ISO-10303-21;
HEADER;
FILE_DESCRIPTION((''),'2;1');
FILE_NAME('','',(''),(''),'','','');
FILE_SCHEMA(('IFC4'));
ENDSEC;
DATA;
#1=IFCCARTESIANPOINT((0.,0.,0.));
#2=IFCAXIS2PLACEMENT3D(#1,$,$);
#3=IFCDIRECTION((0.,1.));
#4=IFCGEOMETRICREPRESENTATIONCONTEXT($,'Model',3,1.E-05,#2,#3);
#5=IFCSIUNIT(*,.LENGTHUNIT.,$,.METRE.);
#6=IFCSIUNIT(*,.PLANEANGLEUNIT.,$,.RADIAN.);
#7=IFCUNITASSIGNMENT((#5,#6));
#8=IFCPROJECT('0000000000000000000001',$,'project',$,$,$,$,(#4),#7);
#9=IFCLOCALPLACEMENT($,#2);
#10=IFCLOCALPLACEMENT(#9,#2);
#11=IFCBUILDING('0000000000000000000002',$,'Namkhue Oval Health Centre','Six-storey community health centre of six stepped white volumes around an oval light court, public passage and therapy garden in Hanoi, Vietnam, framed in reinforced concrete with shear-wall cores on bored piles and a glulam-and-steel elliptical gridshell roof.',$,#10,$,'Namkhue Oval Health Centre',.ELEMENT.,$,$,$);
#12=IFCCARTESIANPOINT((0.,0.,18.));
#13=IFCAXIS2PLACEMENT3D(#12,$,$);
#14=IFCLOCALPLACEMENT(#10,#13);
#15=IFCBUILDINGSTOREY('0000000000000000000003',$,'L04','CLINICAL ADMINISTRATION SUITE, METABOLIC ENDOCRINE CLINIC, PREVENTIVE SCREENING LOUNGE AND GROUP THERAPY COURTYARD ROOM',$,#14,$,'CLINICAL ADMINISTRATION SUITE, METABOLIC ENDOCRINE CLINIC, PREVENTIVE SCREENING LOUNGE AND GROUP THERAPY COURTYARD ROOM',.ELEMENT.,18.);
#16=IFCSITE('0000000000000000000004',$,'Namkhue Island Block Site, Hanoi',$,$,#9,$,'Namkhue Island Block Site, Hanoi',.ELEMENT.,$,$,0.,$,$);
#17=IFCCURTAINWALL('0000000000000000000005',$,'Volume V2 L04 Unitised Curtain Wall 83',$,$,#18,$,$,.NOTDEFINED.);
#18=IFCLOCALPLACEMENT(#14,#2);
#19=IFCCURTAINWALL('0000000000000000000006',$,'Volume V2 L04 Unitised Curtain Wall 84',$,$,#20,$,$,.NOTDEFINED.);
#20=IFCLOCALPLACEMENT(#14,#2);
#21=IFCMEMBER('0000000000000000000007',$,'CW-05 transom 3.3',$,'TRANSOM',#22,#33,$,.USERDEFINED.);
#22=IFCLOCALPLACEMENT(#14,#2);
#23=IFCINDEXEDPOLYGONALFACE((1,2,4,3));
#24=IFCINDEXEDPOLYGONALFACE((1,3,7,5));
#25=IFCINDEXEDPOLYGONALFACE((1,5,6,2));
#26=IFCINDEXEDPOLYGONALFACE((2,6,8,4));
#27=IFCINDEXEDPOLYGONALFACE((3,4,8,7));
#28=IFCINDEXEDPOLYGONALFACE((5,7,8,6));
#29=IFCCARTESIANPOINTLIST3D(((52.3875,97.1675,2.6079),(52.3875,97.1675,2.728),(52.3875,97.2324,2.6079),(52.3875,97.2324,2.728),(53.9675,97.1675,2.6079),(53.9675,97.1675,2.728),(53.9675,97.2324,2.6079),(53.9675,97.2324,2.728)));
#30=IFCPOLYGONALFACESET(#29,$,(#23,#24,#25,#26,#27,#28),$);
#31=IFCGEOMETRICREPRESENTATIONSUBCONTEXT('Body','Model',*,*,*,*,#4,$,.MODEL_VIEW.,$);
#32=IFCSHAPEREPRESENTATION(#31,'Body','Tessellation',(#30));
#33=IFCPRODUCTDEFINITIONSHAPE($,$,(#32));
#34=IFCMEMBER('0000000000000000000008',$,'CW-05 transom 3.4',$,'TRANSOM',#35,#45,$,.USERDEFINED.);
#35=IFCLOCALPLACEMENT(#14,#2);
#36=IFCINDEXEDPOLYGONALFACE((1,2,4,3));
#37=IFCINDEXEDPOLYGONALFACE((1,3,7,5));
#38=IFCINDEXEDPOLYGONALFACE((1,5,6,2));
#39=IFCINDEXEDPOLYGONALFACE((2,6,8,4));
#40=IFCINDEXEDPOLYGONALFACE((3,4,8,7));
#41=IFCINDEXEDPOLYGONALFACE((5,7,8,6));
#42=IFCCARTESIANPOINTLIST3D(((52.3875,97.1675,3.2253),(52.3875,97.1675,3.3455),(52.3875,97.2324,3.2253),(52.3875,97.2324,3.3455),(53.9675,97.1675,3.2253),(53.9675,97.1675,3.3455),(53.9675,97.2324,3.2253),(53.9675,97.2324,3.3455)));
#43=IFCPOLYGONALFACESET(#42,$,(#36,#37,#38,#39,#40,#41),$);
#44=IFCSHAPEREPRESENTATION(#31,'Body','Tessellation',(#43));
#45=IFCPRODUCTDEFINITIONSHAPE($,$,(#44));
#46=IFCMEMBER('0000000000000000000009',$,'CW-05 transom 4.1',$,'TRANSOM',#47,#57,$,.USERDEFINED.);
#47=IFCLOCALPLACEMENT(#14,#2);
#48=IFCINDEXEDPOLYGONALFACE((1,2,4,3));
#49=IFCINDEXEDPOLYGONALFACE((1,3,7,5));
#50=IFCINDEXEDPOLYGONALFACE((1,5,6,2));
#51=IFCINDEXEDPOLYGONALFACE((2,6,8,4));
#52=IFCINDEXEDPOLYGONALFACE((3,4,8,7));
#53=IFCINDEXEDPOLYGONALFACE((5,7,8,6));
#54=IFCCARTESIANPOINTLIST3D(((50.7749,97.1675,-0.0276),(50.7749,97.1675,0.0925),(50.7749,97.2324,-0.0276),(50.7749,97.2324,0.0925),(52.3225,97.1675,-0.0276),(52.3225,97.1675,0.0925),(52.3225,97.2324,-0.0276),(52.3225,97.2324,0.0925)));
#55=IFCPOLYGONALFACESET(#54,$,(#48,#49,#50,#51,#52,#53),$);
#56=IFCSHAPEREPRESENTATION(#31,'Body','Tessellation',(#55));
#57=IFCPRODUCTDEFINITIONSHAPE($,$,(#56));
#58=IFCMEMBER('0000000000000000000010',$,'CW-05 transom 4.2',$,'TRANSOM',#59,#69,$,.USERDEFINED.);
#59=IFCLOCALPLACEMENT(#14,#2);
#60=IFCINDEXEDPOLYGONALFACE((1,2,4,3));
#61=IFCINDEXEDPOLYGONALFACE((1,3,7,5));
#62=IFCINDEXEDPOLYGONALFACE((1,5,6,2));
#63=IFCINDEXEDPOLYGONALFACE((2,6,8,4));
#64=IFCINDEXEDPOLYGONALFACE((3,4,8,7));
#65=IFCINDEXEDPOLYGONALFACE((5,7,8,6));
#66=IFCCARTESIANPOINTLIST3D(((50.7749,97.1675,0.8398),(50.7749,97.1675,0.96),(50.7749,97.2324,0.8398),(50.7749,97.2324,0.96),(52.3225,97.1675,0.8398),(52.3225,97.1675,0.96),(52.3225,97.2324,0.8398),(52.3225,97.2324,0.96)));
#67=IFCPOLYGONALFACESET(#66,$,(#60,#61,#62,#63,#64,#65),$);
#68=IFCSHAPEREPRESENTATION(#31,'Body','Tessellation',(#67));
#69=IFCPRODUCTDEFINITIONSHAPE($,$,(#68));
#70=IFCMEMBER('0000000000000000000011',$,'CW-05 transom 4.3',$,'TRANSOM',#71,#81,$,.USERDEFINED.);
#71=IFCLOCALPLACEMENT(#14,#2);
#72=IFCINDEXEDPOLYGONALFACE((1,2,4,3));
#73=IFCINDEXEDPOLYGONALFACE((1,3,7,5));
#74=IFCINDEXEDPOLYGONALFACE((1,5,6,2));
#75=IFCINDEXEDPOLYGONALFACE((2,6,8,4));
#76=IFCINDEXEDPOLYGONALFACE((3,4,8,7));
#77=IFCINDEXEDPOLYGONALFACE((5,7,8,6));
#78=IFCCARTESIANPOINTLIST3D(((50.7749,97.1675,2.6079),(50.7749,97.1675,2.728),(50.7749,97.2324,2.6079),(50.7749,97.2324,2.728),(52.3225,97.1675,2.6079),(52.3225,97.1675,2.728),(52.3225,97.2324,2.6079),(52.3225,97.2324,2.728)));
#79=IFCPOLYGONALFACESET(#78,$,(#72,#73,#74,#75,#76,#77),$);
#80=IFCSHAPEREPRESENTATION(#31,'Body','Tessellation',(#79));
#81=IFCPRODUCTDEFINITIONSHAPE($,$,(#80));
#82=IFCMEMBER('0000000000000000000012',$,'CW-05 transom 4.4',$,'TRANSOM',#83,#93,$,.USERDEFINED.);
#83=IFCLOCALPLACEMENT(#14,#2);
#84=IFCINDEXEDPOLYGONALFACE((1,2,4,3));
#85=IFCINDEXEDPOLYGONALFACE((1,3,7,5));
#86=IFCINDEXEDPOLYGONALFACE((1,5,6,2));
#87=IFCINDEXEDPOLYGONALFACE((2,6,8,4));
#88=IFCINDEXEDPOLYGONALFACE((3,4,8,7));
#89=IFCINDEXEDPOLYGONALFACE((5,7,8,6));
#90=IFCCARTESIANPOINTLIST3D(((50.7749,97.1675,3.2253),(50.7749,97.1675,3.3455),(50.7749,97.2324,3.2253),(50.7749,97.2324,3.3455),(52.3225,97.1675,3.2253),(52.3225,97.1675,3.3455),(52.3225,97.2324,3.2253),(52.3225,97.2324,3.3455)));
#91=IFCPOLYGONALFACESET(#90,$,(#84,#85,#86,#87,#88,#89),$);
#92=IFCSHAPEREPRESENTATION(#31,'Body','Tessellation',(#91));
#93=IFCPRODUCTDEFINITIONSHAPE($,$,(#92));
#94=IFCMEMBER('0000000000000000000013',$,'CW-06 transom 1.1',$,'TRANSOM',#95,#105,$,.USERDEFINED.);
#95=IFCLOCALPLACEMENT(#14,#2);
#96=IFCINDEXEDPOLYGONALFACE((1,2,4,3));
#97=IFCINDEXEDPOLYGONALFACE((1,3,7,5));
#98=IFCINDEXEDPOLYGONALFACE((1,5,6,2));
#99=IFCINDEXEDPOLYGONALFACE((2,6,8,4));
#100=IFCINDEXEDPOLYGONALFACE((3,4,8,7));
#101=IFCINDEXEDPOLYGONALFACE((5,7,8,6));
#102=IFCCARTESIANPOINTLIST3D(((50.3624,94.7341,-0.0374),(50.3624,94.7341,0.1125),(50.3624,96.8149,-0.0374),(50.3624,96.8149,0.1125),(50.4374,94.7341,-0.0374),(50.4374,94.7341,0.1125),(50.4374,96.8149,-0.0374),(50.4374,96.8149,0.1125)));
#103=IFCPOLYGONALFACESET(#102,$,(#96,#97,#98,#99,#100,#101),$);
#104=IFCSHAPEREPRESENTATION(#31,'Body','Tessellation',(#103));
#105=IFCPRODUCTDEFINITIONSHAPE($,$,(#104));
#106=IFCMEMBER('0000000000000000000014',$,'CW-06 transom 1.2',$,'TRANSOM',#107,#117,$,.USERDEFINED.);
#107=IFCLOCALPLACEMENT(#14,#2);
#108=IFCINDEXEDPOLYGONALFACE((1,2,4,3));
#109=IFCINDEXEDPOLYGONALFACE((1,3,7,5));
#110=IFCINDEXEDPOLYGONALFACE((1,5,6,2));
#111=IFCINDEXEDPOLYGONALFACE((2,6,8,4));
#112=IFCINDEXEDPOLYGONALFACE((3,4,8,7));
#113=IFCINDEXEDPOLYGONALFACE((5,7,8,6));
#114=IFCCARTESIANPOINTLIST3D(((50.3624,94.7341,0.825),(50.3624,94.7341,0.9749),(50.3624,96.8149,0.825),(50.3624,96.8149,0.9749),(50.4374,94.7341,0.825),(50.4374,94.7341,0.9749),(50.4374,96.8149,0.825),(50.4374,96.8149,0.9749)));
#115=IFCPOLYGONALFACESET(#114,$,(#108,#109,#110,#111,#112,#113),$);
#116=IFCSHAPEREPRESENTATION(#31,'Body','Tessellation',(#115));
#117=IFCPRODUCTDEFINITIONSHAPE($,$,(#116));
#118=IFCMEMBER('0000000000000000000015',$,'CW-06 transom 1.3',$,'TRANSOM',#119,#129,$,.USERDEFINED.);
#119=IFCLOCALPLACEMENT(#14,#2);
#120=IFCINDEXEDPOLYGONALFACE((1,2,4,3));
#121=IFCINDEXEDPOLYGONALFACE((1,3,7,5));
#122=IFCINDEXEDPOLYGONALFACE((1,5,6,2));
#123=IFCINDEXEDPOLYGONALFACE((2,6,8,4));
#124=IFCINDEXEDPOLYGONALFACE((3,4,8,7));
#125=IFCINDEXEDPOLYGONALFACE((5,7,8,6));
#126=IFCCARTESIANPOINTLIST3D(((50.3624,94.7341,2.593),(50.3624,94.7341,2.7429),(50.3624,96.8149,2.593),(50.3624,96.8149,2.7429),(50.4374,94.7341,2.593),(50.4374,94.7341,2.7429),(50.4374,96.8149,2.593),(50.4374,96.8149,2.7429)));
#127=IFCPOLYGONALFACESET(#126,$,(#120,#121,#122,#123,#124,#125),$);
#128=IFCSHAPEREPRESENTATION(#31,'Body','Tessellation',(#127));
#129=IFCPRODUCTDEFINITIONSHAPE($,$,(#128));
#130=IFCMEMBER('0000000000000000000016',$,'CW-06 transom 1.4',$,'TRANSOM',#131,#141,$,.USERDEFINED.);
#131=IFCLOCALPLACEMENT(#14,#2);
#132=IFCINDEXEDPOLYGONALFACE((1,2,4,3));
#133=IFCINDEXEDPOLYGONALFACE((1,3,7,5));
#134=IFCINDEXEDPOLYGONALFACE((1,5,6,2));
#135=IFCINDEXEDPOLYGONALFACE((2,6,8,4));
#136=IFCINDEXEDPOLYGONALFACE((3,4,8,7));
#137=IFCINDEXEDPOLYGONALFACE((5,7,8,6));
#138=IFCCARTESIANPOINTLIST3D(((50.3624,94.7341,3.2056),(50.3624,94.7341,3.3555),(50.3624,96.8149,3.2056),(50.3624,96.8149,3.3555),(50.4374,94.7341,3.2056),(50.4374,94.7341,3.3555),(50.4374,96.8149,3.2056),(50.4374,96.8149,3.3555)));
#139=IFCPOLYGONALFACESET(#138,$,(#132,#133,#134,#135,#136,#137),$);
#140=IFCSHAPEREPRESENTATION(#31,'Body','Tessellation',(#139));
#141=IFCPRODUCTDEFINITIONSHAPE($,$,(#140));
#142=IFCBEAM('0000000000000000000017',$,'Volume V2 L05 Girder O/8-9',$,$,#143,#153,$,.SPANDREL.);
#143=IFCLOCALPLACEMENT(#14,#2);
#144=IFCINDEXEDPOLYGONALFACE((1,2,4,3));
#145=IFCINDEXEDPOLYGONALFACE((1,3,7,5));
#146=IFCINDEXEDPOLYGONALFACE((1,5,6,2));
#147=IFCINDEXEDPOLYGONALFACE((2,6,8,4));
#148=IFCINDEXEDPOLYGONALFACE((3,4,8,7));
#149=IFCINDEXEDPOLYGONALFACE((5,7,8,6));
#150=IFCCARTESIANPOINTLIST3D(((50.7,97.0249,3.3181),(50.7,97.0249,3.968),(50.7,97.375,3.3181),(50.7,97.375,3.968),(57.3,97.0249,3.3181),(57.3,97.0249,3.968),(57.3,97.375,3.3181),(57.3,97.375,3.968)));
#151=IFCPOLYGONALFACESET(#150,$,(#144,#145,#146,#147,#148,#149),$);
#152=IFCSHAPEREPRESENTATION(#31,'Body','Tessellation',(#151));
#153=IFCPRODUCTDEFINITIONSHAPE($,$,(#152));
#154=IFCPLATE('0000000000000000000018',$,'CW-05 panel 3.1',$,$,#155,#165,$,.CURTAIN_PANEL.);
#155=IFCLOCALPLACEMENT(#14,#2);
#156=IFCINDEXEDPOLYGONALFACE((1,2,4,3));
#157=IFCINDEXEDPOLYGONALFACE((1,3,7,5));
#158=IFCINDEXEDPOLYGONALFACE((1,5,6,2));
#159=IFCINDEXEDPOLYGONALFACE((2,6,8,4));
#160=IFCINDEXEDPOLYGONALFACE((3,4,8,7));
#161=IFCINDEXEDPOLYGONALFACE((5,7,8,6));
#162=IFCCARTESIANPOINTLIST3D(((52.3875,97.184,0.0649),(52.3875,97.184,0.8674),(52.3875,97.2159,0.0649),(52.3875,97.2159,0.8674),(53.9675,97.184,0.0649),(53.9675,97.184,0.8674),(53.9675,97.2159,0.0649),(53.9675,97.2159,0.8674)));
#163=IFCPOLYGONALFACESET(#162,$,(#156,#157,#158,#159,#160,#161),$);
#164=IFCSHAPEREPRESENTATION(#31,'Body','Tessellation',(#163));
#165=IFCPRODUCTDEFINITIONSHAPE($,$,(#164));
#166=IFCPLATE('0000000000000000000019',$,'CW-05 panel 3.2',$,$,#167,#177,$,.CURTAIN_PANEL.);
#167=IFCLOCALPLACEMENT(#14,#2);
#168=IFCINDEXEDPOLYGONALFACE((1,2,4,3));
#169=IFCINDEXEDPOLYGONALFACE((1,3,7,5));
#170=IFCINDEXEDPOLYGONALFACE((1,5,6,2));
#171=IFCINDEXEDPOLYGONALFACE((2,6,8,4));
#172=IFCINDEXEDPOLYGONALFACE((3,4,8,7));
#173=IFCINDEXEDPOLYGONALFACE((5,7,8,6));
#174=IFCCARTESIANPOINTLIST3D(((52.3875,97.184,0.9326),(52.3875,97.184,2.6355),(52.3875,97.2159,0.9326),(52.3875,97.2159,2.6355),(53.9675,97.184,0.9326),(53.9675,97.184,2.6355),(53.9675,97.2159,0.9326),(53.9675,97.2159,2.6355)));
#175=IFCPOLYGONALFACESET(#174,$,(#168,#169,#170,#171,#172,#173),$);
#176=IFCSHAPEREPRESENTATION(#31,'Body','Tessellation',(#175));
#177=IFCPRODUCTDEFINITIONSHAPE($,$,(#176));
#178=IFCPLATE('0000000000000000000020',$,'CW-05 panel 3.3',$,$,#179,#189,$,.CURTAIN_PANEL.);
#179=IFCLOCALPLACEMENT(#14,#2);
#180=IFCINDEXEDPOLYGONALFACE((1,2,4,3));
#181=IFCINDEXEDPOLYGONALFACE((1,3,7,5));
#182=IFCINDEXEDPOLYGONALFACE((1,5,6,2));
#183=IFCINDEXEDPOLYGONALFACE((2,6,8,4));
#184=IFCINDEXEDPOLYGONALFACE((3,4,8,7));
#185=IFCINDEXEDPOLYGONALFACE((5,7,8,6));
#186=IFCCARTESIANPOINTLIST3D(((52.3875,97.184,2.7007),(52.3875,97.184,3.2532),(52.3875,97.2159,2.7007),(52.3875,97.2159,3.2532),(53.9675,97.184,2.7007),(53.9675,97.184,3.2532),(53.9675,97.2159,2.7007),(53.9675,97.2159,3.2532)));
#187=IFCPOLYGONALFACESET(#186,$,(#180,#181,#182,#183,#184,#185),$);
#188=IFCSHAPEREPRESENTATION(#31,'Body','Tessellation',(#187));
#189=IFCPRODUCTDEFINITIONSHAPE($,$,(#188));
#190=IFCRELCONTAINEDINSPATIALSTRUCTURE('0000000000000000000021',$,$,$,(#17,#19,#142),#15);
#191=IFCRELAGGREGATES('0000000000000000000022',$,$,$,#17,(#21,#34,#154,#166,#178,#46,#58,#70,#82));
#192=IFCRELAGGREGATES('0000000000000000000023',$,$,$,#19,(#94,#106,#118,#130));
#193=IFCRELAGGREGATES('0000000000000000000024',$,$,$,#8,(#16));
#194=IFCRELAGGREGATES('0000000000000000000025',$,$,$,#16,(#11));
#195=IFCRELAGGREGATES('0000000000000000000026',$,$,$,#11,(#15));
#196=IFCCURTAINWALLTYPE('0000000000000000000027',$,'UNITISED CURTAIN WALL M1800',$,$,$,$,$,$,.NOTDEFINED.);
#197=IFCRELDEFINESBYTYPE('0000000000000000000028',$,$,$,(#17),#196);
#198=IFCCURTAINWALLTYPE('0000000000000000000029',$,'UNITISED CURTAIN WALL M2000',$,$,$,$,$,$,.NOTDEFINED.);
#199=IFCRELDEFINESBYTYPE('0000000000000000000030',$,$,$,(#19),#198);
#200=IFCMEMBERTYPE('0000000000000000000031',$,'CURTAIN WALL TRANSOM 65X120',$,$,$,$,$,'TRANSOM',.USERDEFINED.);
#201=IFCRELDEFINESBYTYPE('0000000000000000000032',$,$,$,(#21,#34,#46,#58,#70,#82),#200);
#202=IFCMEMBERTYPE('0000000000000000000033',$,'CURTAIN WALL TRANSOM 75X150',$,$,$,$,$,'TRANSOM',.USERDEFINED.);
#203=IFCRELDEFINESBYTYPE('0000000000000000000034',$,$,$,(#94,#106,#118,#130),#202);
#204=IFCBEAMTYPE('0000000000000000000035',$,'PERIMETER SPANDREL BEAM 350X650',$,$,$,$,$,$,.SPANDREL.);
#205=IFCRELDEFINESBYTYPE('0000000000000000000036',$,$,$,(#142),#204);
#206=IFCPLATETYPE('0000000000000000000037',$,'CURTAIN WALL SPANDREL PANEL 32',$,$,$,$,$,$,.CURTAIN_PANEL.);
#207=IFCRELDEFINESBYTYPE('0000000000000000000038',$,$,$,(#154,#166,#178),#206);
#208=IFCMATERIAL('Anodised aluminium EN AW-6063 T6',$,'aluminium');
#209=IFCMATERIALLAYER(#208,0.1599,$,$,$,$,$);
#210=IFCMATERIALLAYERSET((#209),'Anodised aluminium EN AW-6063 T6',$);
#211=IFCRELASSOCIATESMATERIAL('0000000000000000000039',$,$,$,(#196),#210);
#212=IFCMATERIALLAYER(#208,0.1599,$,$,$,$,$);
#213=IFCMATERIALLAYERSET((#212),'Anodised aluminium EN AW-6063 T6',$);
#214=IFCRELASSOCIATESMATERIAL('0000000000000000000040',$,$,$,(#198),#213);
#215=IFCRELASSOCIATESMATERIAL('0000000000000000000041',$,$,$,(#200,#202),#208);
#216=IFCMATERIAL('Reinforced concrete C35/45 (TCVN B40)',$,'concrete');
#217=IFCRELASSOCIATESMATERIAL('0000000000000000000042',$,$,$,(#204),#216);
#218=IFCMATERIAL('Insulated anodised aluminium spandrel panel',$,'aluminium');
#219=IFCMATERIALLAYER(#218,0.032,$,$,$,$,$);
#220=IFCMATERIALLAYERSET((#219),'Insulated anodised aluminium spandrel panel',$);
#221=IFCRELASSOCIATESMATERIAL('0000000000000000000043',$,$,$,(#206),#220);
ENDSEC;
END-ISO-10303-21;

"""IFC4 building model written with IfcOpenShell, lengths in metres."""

from ifc_helpers import new_model, si_unit, direction, frame, origin, origin_2d, place, context, subcontext, project, spatial, rectangle, extrude, material, layer, layer_set, material_profile, profile_set, type_object, element, aggregate, save


model = new_model("IFC4")

# Units and contexts
model_context = context("Model", 3, precision=1e-05, world=origin(), true_north=direction((0.0, 1.0)))
body_context = subcontext(model_context, "Body", "Model", "MODEL_VIEW")
ifc_project = project(units=[si_unit("LENGTHUNIT", "METRE"), si_unit("PLANEANGLEUNIT", "RADIAN")], contexts=[model_context])

# Site, building, storey
site_placement = place(None, origin())
site = spatial("IfcSite", under=ifc_project, at=site_placement, Name="Namkhue Island Block Site, Hanoi", LongName="Namkhue Island Block Site, Hanoi", CompositionType="ELEMENT", RefElevation=0.0)
building_placement = place(site_placement, origin())
building = spatial("IfcBuilding", under=site, at=building_placement, Name="Namkhue Oval Health Centre", Description="Six-storey community health centre of six stepped white volumes around an oval light court, public passage and therapy garden in Hanoi, Vietnam, framed in reinforced concrete with shear-wall cores on bored piles and a glulam-and-steel elliptical gridshell roof.", LongName="Namkhue Oval Health Centre", CompositionType="ELEMENT")
storey_placement = place(building_placement, frame((0.0, 0.0, 18.0)))
storey = spatial("IfcBuildingStorey", under=building, at=storey_placement, Name="L04", Description="CLINICAL ADMINISTRATION SUITE, METABOLIC ENDOCRINE CLINIC, PREVENTIVE SCREENING LOUNGE AND GROUP THERAPY COURTYARD ROOM", LongName="CLINICAL ADMINISTRATION SUITE, METABOLIC ENDOCRINE CLINIC, PREVENTIVE SCREENING LOUNGE AND GROUP THERAPY COURTYARD ROOM", CompositionType="ELEMENT", Elevation=18.0)

# Shared definitions
ifc_material_1 = material(Name="Reinforced concrete C35/45 (TCVN B40)", Category="concrete")

# Curtain wall
ifc_material_2 = material(Name="Anodised aluminium EN AW-6063 T6", Category="aluminium")
ifc_layer_1 = layer(ifc_material_2, 0.1599)
ifc_layer_set_1 = layer_set([ifc_layer_1], Name="Anodised aluminium EN AW-6063 T6")
curtain_wall_type_1 = type_object("IfcCurtainWallType", Name="UNITISED CURTAIN WALL M1800", PredefinedType="NOTDEFINED", material=ifc_layer_set_1)
curtain_wall_1_placement = place(storey_placement, origin())
curtain_wall_1 = element("IfcCurtainWall", 1, at=curtain_wall_1_placement, inside=storey, type_object=curtain_wall_type_1, Name="Volume V2 L04 Unitised Curtain Wall 83", PredefinedType="NOTDEFINED")

# Curtain wall
ifc_layer_2 = layer(ifc_material_2, 0.1599)
ifc_layer_set_2 = layer_set([ifc_layer_2], Name="Anodised aluminium EN AW-6063 T6")
curtain_wall_type_2 = type_object("IfcCurtainWallType", Name="UNITISED CURTAIN WALL M2000", PredefinedType="NOTDEFINED", material=ifc_layer_set_2)
curtain_wall_2_placement = place(storey_placement, origin())
curtain_wall_2 = element("IfcCurtainWall", 2, at=curtain_wall_2_placement, inside=storey, type_object=curtain_wall_type_2, Name="Volume V2 L04 Unitised Curtain Wall 84", PredefinedType="NOTDEFINED")

# Members
ifc_material_profile_1 = material_profile(ifc_material_2, rectangle(XDim=0.0649, YDim=0.1201, at=origin_2d()), Name="ALU 65x120")
ifc_profile_set_1 = profile_set([ifc_material_profile_1], Name="Anodised aluminium EN AW-6063 T6")
member_type_1 = type_object("IfcMemberType", Name="CURTAIN WALL TRANSOM 65X120", ElementType="TRANSOM", PredefinedType="USERDEFINED", material=ifc_profile_set_1)
member_1_placement = place(storey_placement, frame((53.9675, 97.2, 2.668), z_axis=(-1.0, 0.0, 0.0), x_axis=(0.0, -1.0, 0.0)))
member_1 = element("IfcMember", 3, at=member_1_placement, type_object=member_type_1, Name="CW-05 transom 3.3", ObjectType="TRANSOM", PredefinedType="USERDEFINED", context=body_context, shape_type="SweptSolid", body=[
    extrude(rectangle(XDim=0.0649, YDim=0.1201, at=origin_2d()), origin(), (0.0, 0.0, 1.0), 1.5801),
])
member_2_placement = place(storey_placement, frame((53.9675, 97.2, 3.2854), z_axis=(-1.0, 0.0, 0.0), x_axis=(0.0, -1.0, 0.0)))
member_2 = element("IfcMember", 4, at=member_2_placement, type_object=member_type_1, Name="CW-05 transom 3.4", ObjectType="TRANSOM", PredefinedType="USERDEFINED", context=body_context, shape_type="SweptSolid", body=[
    extrude(rectangle(XDim=0.0649, YDim=0.1201, at=origin_2d()), origin(), (0.0, 0.0, 1.0), 1.5801),
])
member_3_placement = place(storey_placement, frame((52.3225, 97.2, 0.0325), z_axis=(-1.0, 0.0, 0.0), x_axis=(0.0, -1.0, 0.0)))
member_3 = element("IfcMember", 5, at=member_3_placement, type_object=member_type_1, Name="CW-05 transom 4.1", ObjectType="TRANSOM", PredefinedType="USERDEFINED", context=body_context, shape_type="SweptSolid", body=[
    extrude(rectangle(XDim=0.0649, YDim=0.1201, at=origin_2d()), origin(), (0.0, 0.0, 1.0), 1.5476),
])
member_4_placement = place(storey_placement, frame((52.3225, 97.2, 0.8999), z_axis=(-1.0, 0.0, 0.0), x_axis=(0.0, -1.0, 0.0)))
member_4 = element("IfcMember", 6, at=member_4_placement, type_object=member_type_1, Name="CW-05 transom 4.2", ObjectType="TRANSOM", PredefinedType="USERDEFINED", context=body_context, shape_type="SweptSolid", body=[
    extrude(rectangle(XDim=0.0649, YDim=0.1201, at=origin_2d()), origin(), (0.0, 0.0, 1.0), 1.5476),
])
member_5_placement = place(storey_placement, frame((52.3225, 97.2, 2.668), z_axis=(-1.0, 0.0, 0.0), x_axis=(0.0, -1.0, 0.0)))
member_5 = element("IfcMember", 7, at=member_5_placement, type_object=member_type_1, Name="CW-05 transom 4.3", ObjectType="TRANSOM", PredefinedType="USERDEFINED", context=body_context, shape_type="SweptSolid", body=[
    extrude(rectangle(XDim=0.0649, YDim=0.1201, at=origin_2d()), origin(), (0.0, 0.0, 1.0), 1.5476),
])
member_6_placement = place(storey_placement, frame((52.3225, 97.2, 3.2854), z_axis=(-1.0, 0.0, 0.0), x_axis=(0.0, -1.0, 0.0)))
member_6 = element("IfcMember", 8, at=member_6_placement, type_object=member_type_1, Name="CW-05 transom 4.4", ObjectType="TRANSOM", PredefinedType="USERDEFINED", context=body_context, shape_type="SweptSolid", body=[
    extrude(rectangle(XDim=0.0649, YDim=0.1201, at=origin_2d()), origin(), (0.0, 0.0, 1.0), 1.5476),
])
ifc_material_profile_2 = material_profile(ifc_material_2, rectangle(XDim=0.075, YDim=0.1499, at=origin_2d()), Name="ALU 75x150")
ifc_profile_set_2 = profile_set([ifc_material_profile_2], Name="Anodised aluminium EN AW-6063 T6")
member_type_2 = type_object("IfcMemberType", Name="CURTAIN WALL TRANSOM 75X150", ElementType="TRANSOM", PredefinedType="USERDEFINED", material=ifc_profile_set_2)
member_7_placement = place(storey_placement, frame((50.3999, 96.8149, 0.0376), z_axis=(0.0, -1.0, 0.0), x_axis=(1.0, 0.0, 0.0)))
member_7 = element("IfcMember", 9, at=member_7_placement, type_object=member_type_2, Name="CW-06 transom 1.1", ObjectType="TRANSOM", PredefinedType="USERDEFINED", context=body_context, shape_type="SweptSolid", body=[
    extrude(rectangle(XDim=0.075, YDim=0.1499, at=origin_2d()), origin(), (0.0, 0.0, 1.0), 2.0808),
])
member_8_placement = place(storey_placement, frame((50.3999, 96.8149, 0.8999), z_axis=(0.0, -1.0, 0.0), x_axis=(1.0, 0.0, 0.0)))
member_8 = element("IfcMember", 10, at=member_8_placement, type_object=member_type_2, Name="CW-06 transom 1.2", ObjectType="TRANSOM", PredefinedType="USERDEFINED", context=body_context, shape_type="SweptSolid", body=[
    extrude(rectangle(XDim=0.075, YDim=0.1499, at=origin_2d()), origin(), (0.0, 0.0, 1.0), 2.0808),
])
member_9_placement = place(storey_placement, frame((50.3999, 96.8149, 2.668), z_axis=(0.0, -1.0, 0.0), x_axis=(1.0, 0.0, 0.0)))
member_9 = element("IfcMember", 11, at=member_9_placement, type_object=member_type_2, Name="CW-06 transom 1.3", ObjectType="TRANSOM", PredefinedType="USERDEFINED", context=body_context, shape_type="SweptSolid", body=[
    extrude(rectangle(XDim=0.075, YDim=0.1499, at=origin_2d()), origin(), (0.0, 0.0, 1.0), 2.0808),
])
member_10_placement = place(storey_placement, frame((50.3999, 96.8149, 3.2805), z_axis=(0.0, -1.0, 0.0), x_axis=(1.0, 0.0, 0.0)))
member_10 = element("IfcMember", 12, at=member_10_placement, type_object=member_type_2, Name="CW-06 transom 1.4", ObjectType="TRANSOM", PredefinedType="USERDEFINED", context=body_context, shape_type="SweptSolid", body=[
    extrude(rectangle(XDim=0.075, YDim=0.1499, at=origin_2d()), origin(), (0.0, 0.0, 1.0), 2.0808),
])

# Beam
ifc_material_profile_3 = material_profile(ifc_material_1, rectangle(XDim=0.3501, YDim=0.6499, at=origin_2d()), Name="RC 350x650")
ifc_profile_set_3 = profile_set([ifc_material_profile_3], Name="Reinforced concrete C35/45 (TCVN B40)")
beam_type = type_object("IfcBeamType", Name="PERIMETER SPANDREL BEAM 350X650", PredefinedType="SPANDREL", material=ifc_profile_set_3)
beam_placement = place(storey_placement, frame((50.7, 97.2, 3.6431), z_axis=(1.0, 0.0, 0.0), x_axis=(0.0, 1.0, 0.0)))
element("IfcBeam", 13, at=beam_placement, inside=storey, type_object=beam_type, Name="Volume V2 L05 Girder O/8-9", PredefinedType="SPANDREL", context=body_context, shape_type="SweptSolid", body=[
    extrude(rectangle(XDim=0.3501, YDim=0.6499, at=origin_2d()), origin(), (0.0, 0.0, 1.0), 6.6001),
])

# Plates
ifc_material_3 = material(Name="Insulated anodised aluminium spandrel panel", Category="aluminium")
ifc_layer_3 = layer(ifc_material_3, 0.032)
ifc_layer_set_3 = layer_set([ifc_layer_3], Name="Insulated anodised aluminium spandrel panel")
plate_type_1 = type_object("IfcPlateType", Name="CURTAIN WALL SPANDREL PANEL 32", PredefinedType="CURTAIN_PANEL", material=ifc_layer_set_3)
plate_1_placement = place(storey_placement, frame((53.1775, 97.2, 0.0649), z_axis=(0.0, 0.0, 1.0), x_axis=(-1.0, 0.0, 0.0)))
plate_1 = element("IfcPlate", 14, at=plate_1_placement, type_object=plate_type_1, Name="CW-05 panel 3.1", PredefinedType="CURTAIN_PANEL", context=body_context, shape_type="SweptSolid", body=[
    extrude(rectangle(XDim=1.5801, YDim=0.032, at=origin_2d()), origin(), (0.0, 0.0, 1.0), 0.8025),
])
plate_2_placement = place(storey_placement, frame((53.1775, 97.2, 0.9326), z_axis=(0.0, 0.0, 1.0), x_axis=(-1.0, 0.0, 0.0)))
plate_2 = element("IfcPlate", 15, at=plate_2_placement, type_object=plate_type_1, Name="CW-05 panel 3.2", PredefinedType="CURTAIN_PANEL", context=body_context, shape_type="SweptSolid", body=[
    extrude(rectangle(XDim=1.5801, YDim=0.032, at=origin_2d()), origin(), (0.0, 0.0, 1.0), 1.7029),
])
plate_3_placement = place(storey_placement, frame((53.1775, 97.2, 2.7007), z_axis=(0.0, 0.0, 1.0), x_axis=(-1.0, 0.0, 0.0)))
plate_3 = element("IfcPlate", 16, at=plate_3_placement, type_object=plate_type_1, Name="CW-05 panel 3.3", PredefinedType="CURTAIN_PANEL", context=body_context, shape_type="SweptSolid", body=[
    extrude(rectangle(XDim=1.5801, YDim=0.032, at=origin_2d()), origin(), (0.0, 0.0, 1.0), 0.5525),
])
aggregate(curtain_wall_1, [member_1, member_2, plate_1, plate_2, plate_3, member_3, member_4, member_5, member_6])
aggregate(curtain_wall_2, [member_7, member_8, member_9, member_10])

save(model, "model.ifc")
